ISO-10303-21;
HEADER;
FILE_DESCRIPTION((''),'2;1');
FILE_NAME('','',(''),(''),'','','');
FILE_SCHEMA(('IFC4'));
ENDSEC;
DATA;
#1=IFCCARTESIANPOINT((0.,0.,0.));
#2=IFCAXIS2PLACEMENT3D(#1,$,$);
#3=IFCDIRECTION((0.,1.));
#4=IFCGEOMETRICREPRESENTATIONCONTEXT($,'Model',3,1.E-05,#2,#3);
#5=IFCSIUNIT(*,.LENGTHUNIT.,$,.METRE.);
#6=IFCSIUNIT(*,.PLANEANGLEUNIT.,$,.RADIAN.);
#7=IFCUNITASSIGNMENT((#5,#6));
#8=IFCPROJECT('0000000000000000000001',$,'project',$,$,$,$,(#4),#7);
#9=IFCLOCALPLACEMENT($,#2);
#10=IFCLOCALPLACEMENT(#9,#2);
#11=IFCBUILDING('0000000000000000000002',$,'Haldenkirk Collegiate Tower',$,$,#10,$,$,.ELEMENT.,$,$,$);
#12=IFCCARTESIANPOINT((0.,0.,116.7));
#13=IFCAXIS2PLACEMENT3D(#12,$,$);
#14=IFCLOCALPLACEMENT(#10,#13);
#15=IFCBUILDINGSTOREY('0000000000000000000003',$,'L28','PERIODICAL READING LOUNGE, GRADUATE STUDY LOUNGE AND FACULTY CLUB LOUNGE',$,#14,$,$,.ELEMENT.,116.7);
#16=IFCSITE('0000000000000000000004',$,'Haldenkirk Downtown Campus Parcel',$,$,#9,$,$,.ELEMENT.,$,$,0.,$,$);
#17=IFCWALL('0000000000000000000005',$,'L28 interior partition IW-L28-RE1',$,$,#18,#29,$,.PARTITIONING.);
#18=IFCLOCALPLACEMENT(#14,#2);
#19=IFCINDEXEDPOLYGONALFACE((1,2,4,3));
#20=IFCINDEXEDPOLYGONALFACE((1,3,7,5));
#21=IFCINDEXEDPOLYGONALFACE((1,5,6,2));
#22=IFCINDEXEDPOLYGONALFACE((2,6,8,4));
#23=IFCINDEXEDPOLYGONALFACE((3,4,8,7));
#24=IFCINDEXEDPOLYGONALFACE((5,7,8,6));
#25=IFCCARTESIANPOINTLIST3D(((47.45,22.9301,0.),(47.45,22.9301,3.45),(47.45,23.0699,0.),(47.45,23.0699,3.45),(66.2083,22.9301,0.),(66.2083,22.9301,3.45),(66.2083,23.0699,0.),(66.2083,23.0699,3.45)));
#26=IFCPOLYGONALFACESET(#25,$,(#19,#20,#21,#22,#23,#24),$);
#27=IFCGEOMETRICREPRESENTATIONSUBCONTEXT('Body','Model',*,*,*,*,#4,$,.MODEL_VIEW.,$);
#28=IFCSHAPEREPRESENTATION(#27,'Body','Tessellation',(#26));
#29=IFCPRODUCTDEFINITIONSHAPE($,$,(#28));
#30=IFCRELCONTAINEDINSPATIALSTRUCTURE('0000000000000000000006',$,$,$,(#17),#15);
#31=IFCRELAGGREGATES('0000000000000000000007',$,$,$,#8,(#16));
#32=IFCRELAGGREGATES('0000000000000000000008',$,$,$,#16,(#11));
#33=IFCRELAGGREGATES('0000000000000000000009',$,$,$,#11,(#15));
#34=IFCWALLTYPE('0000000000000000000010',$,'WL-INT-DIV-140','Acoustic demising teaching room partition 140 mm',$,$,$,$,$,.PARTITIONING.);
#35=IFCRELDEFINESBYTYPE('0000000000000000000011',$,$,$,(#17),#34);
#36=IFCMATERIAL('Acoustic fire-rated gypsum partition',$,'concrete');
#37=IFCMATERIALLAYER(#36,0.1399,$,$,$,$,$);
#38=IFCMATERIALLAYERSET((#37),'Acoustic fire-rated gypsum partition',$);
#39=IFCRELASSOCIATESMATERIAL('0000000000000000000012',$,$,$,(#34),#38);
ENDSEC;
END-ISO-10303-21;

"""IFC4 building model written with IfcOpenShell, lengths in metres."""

from ifc_helpers import new_model, si_unit, direction, frame, frame_2d, origin, place, context, subcontext, project, spatial, rectangle, extrude, material, layer, layer_set, type_object, element, save


model = new_model("IFC4")

# Units and contexts
model_context = context("Model", 3, precision=1e-05, world=origin(), true_north=direction((0.0, 1.0)))
body_context = subcontext(model_context, "Body", "Model", "MODEL_VIEW")
ifc_project = project(units=[si_unit("LENGTHUNIT", "METRE"), si_unit("PLANEANGLEUNIT", "RADIAN")], contexts=[model_context])

# Site, building, storey
site_placement = place(None, origin())
site = spatial("IfcSite", under=ifc_project, at=site_placement, Name="Haldenkirk Downtown Campus Parcel", CompositionType="ELEMENT", RefElevation=0.0)
building_placement = place(site_placement, origin())
building = spatial("IfcBuilding", under=site, at=building_placement, Name="Haldenkirk Collegiate Tower", CompositionType="ELEMENT")
storey_placement = place(building_placement, frame((0.0, 0.0, 116.7)))
storey = spatial("IfcBuildingStorey", under=building, at=storey_placement, Name="L28", Description="PERIODICAL READING LOUNGE, GRADUATE STUDY LOUNGE AND FACULTY CLUB LOUNGE", CompositionType="ELEMENT", Elevation=116.7)

# Shared definitions
ifc_material_1 = material(Name="Acoustic fire-rated gypsum partition", Category="concrete")

# Wall
ifc_layer_1 = layer(ifc_material_1, 0.1399)
ifc_layer_set_1 = layer_set([ifc_layer_1], Name="Acoustic fire-rated gypsum partition")
wall_type_1 = type_object("IfcWallType", Name="WL-INT-DIV-140", Description="Acoustic demising teaching room partition 140 mm", PredefinedType="PARTITIONING", material=ifc_layer_set_1)
wall_1_placement = place(storey_placement, frame((47.45, 23.0, 0.0), z_axis=(0.0, 0.0, 1.0), x_axis=(1.0, 0.0, 0.0)))
element("IfcWall", 1, at=wall_1_placement, inside=storey, type_object=wall_type_1, Name="L28 interior partition IW-L28-RE1", PredefinedType="PARTITIONING", context=body_context, shape_type="SweptSolid", body=[
    extrude(rectangle(XDim=18.7583, YDim=0.1399, at=frame_2d((9.3792, 0.0))), origin(), (0.0, 0.0, 1.0), 3.45),
])

save(model, "model.ifc")
